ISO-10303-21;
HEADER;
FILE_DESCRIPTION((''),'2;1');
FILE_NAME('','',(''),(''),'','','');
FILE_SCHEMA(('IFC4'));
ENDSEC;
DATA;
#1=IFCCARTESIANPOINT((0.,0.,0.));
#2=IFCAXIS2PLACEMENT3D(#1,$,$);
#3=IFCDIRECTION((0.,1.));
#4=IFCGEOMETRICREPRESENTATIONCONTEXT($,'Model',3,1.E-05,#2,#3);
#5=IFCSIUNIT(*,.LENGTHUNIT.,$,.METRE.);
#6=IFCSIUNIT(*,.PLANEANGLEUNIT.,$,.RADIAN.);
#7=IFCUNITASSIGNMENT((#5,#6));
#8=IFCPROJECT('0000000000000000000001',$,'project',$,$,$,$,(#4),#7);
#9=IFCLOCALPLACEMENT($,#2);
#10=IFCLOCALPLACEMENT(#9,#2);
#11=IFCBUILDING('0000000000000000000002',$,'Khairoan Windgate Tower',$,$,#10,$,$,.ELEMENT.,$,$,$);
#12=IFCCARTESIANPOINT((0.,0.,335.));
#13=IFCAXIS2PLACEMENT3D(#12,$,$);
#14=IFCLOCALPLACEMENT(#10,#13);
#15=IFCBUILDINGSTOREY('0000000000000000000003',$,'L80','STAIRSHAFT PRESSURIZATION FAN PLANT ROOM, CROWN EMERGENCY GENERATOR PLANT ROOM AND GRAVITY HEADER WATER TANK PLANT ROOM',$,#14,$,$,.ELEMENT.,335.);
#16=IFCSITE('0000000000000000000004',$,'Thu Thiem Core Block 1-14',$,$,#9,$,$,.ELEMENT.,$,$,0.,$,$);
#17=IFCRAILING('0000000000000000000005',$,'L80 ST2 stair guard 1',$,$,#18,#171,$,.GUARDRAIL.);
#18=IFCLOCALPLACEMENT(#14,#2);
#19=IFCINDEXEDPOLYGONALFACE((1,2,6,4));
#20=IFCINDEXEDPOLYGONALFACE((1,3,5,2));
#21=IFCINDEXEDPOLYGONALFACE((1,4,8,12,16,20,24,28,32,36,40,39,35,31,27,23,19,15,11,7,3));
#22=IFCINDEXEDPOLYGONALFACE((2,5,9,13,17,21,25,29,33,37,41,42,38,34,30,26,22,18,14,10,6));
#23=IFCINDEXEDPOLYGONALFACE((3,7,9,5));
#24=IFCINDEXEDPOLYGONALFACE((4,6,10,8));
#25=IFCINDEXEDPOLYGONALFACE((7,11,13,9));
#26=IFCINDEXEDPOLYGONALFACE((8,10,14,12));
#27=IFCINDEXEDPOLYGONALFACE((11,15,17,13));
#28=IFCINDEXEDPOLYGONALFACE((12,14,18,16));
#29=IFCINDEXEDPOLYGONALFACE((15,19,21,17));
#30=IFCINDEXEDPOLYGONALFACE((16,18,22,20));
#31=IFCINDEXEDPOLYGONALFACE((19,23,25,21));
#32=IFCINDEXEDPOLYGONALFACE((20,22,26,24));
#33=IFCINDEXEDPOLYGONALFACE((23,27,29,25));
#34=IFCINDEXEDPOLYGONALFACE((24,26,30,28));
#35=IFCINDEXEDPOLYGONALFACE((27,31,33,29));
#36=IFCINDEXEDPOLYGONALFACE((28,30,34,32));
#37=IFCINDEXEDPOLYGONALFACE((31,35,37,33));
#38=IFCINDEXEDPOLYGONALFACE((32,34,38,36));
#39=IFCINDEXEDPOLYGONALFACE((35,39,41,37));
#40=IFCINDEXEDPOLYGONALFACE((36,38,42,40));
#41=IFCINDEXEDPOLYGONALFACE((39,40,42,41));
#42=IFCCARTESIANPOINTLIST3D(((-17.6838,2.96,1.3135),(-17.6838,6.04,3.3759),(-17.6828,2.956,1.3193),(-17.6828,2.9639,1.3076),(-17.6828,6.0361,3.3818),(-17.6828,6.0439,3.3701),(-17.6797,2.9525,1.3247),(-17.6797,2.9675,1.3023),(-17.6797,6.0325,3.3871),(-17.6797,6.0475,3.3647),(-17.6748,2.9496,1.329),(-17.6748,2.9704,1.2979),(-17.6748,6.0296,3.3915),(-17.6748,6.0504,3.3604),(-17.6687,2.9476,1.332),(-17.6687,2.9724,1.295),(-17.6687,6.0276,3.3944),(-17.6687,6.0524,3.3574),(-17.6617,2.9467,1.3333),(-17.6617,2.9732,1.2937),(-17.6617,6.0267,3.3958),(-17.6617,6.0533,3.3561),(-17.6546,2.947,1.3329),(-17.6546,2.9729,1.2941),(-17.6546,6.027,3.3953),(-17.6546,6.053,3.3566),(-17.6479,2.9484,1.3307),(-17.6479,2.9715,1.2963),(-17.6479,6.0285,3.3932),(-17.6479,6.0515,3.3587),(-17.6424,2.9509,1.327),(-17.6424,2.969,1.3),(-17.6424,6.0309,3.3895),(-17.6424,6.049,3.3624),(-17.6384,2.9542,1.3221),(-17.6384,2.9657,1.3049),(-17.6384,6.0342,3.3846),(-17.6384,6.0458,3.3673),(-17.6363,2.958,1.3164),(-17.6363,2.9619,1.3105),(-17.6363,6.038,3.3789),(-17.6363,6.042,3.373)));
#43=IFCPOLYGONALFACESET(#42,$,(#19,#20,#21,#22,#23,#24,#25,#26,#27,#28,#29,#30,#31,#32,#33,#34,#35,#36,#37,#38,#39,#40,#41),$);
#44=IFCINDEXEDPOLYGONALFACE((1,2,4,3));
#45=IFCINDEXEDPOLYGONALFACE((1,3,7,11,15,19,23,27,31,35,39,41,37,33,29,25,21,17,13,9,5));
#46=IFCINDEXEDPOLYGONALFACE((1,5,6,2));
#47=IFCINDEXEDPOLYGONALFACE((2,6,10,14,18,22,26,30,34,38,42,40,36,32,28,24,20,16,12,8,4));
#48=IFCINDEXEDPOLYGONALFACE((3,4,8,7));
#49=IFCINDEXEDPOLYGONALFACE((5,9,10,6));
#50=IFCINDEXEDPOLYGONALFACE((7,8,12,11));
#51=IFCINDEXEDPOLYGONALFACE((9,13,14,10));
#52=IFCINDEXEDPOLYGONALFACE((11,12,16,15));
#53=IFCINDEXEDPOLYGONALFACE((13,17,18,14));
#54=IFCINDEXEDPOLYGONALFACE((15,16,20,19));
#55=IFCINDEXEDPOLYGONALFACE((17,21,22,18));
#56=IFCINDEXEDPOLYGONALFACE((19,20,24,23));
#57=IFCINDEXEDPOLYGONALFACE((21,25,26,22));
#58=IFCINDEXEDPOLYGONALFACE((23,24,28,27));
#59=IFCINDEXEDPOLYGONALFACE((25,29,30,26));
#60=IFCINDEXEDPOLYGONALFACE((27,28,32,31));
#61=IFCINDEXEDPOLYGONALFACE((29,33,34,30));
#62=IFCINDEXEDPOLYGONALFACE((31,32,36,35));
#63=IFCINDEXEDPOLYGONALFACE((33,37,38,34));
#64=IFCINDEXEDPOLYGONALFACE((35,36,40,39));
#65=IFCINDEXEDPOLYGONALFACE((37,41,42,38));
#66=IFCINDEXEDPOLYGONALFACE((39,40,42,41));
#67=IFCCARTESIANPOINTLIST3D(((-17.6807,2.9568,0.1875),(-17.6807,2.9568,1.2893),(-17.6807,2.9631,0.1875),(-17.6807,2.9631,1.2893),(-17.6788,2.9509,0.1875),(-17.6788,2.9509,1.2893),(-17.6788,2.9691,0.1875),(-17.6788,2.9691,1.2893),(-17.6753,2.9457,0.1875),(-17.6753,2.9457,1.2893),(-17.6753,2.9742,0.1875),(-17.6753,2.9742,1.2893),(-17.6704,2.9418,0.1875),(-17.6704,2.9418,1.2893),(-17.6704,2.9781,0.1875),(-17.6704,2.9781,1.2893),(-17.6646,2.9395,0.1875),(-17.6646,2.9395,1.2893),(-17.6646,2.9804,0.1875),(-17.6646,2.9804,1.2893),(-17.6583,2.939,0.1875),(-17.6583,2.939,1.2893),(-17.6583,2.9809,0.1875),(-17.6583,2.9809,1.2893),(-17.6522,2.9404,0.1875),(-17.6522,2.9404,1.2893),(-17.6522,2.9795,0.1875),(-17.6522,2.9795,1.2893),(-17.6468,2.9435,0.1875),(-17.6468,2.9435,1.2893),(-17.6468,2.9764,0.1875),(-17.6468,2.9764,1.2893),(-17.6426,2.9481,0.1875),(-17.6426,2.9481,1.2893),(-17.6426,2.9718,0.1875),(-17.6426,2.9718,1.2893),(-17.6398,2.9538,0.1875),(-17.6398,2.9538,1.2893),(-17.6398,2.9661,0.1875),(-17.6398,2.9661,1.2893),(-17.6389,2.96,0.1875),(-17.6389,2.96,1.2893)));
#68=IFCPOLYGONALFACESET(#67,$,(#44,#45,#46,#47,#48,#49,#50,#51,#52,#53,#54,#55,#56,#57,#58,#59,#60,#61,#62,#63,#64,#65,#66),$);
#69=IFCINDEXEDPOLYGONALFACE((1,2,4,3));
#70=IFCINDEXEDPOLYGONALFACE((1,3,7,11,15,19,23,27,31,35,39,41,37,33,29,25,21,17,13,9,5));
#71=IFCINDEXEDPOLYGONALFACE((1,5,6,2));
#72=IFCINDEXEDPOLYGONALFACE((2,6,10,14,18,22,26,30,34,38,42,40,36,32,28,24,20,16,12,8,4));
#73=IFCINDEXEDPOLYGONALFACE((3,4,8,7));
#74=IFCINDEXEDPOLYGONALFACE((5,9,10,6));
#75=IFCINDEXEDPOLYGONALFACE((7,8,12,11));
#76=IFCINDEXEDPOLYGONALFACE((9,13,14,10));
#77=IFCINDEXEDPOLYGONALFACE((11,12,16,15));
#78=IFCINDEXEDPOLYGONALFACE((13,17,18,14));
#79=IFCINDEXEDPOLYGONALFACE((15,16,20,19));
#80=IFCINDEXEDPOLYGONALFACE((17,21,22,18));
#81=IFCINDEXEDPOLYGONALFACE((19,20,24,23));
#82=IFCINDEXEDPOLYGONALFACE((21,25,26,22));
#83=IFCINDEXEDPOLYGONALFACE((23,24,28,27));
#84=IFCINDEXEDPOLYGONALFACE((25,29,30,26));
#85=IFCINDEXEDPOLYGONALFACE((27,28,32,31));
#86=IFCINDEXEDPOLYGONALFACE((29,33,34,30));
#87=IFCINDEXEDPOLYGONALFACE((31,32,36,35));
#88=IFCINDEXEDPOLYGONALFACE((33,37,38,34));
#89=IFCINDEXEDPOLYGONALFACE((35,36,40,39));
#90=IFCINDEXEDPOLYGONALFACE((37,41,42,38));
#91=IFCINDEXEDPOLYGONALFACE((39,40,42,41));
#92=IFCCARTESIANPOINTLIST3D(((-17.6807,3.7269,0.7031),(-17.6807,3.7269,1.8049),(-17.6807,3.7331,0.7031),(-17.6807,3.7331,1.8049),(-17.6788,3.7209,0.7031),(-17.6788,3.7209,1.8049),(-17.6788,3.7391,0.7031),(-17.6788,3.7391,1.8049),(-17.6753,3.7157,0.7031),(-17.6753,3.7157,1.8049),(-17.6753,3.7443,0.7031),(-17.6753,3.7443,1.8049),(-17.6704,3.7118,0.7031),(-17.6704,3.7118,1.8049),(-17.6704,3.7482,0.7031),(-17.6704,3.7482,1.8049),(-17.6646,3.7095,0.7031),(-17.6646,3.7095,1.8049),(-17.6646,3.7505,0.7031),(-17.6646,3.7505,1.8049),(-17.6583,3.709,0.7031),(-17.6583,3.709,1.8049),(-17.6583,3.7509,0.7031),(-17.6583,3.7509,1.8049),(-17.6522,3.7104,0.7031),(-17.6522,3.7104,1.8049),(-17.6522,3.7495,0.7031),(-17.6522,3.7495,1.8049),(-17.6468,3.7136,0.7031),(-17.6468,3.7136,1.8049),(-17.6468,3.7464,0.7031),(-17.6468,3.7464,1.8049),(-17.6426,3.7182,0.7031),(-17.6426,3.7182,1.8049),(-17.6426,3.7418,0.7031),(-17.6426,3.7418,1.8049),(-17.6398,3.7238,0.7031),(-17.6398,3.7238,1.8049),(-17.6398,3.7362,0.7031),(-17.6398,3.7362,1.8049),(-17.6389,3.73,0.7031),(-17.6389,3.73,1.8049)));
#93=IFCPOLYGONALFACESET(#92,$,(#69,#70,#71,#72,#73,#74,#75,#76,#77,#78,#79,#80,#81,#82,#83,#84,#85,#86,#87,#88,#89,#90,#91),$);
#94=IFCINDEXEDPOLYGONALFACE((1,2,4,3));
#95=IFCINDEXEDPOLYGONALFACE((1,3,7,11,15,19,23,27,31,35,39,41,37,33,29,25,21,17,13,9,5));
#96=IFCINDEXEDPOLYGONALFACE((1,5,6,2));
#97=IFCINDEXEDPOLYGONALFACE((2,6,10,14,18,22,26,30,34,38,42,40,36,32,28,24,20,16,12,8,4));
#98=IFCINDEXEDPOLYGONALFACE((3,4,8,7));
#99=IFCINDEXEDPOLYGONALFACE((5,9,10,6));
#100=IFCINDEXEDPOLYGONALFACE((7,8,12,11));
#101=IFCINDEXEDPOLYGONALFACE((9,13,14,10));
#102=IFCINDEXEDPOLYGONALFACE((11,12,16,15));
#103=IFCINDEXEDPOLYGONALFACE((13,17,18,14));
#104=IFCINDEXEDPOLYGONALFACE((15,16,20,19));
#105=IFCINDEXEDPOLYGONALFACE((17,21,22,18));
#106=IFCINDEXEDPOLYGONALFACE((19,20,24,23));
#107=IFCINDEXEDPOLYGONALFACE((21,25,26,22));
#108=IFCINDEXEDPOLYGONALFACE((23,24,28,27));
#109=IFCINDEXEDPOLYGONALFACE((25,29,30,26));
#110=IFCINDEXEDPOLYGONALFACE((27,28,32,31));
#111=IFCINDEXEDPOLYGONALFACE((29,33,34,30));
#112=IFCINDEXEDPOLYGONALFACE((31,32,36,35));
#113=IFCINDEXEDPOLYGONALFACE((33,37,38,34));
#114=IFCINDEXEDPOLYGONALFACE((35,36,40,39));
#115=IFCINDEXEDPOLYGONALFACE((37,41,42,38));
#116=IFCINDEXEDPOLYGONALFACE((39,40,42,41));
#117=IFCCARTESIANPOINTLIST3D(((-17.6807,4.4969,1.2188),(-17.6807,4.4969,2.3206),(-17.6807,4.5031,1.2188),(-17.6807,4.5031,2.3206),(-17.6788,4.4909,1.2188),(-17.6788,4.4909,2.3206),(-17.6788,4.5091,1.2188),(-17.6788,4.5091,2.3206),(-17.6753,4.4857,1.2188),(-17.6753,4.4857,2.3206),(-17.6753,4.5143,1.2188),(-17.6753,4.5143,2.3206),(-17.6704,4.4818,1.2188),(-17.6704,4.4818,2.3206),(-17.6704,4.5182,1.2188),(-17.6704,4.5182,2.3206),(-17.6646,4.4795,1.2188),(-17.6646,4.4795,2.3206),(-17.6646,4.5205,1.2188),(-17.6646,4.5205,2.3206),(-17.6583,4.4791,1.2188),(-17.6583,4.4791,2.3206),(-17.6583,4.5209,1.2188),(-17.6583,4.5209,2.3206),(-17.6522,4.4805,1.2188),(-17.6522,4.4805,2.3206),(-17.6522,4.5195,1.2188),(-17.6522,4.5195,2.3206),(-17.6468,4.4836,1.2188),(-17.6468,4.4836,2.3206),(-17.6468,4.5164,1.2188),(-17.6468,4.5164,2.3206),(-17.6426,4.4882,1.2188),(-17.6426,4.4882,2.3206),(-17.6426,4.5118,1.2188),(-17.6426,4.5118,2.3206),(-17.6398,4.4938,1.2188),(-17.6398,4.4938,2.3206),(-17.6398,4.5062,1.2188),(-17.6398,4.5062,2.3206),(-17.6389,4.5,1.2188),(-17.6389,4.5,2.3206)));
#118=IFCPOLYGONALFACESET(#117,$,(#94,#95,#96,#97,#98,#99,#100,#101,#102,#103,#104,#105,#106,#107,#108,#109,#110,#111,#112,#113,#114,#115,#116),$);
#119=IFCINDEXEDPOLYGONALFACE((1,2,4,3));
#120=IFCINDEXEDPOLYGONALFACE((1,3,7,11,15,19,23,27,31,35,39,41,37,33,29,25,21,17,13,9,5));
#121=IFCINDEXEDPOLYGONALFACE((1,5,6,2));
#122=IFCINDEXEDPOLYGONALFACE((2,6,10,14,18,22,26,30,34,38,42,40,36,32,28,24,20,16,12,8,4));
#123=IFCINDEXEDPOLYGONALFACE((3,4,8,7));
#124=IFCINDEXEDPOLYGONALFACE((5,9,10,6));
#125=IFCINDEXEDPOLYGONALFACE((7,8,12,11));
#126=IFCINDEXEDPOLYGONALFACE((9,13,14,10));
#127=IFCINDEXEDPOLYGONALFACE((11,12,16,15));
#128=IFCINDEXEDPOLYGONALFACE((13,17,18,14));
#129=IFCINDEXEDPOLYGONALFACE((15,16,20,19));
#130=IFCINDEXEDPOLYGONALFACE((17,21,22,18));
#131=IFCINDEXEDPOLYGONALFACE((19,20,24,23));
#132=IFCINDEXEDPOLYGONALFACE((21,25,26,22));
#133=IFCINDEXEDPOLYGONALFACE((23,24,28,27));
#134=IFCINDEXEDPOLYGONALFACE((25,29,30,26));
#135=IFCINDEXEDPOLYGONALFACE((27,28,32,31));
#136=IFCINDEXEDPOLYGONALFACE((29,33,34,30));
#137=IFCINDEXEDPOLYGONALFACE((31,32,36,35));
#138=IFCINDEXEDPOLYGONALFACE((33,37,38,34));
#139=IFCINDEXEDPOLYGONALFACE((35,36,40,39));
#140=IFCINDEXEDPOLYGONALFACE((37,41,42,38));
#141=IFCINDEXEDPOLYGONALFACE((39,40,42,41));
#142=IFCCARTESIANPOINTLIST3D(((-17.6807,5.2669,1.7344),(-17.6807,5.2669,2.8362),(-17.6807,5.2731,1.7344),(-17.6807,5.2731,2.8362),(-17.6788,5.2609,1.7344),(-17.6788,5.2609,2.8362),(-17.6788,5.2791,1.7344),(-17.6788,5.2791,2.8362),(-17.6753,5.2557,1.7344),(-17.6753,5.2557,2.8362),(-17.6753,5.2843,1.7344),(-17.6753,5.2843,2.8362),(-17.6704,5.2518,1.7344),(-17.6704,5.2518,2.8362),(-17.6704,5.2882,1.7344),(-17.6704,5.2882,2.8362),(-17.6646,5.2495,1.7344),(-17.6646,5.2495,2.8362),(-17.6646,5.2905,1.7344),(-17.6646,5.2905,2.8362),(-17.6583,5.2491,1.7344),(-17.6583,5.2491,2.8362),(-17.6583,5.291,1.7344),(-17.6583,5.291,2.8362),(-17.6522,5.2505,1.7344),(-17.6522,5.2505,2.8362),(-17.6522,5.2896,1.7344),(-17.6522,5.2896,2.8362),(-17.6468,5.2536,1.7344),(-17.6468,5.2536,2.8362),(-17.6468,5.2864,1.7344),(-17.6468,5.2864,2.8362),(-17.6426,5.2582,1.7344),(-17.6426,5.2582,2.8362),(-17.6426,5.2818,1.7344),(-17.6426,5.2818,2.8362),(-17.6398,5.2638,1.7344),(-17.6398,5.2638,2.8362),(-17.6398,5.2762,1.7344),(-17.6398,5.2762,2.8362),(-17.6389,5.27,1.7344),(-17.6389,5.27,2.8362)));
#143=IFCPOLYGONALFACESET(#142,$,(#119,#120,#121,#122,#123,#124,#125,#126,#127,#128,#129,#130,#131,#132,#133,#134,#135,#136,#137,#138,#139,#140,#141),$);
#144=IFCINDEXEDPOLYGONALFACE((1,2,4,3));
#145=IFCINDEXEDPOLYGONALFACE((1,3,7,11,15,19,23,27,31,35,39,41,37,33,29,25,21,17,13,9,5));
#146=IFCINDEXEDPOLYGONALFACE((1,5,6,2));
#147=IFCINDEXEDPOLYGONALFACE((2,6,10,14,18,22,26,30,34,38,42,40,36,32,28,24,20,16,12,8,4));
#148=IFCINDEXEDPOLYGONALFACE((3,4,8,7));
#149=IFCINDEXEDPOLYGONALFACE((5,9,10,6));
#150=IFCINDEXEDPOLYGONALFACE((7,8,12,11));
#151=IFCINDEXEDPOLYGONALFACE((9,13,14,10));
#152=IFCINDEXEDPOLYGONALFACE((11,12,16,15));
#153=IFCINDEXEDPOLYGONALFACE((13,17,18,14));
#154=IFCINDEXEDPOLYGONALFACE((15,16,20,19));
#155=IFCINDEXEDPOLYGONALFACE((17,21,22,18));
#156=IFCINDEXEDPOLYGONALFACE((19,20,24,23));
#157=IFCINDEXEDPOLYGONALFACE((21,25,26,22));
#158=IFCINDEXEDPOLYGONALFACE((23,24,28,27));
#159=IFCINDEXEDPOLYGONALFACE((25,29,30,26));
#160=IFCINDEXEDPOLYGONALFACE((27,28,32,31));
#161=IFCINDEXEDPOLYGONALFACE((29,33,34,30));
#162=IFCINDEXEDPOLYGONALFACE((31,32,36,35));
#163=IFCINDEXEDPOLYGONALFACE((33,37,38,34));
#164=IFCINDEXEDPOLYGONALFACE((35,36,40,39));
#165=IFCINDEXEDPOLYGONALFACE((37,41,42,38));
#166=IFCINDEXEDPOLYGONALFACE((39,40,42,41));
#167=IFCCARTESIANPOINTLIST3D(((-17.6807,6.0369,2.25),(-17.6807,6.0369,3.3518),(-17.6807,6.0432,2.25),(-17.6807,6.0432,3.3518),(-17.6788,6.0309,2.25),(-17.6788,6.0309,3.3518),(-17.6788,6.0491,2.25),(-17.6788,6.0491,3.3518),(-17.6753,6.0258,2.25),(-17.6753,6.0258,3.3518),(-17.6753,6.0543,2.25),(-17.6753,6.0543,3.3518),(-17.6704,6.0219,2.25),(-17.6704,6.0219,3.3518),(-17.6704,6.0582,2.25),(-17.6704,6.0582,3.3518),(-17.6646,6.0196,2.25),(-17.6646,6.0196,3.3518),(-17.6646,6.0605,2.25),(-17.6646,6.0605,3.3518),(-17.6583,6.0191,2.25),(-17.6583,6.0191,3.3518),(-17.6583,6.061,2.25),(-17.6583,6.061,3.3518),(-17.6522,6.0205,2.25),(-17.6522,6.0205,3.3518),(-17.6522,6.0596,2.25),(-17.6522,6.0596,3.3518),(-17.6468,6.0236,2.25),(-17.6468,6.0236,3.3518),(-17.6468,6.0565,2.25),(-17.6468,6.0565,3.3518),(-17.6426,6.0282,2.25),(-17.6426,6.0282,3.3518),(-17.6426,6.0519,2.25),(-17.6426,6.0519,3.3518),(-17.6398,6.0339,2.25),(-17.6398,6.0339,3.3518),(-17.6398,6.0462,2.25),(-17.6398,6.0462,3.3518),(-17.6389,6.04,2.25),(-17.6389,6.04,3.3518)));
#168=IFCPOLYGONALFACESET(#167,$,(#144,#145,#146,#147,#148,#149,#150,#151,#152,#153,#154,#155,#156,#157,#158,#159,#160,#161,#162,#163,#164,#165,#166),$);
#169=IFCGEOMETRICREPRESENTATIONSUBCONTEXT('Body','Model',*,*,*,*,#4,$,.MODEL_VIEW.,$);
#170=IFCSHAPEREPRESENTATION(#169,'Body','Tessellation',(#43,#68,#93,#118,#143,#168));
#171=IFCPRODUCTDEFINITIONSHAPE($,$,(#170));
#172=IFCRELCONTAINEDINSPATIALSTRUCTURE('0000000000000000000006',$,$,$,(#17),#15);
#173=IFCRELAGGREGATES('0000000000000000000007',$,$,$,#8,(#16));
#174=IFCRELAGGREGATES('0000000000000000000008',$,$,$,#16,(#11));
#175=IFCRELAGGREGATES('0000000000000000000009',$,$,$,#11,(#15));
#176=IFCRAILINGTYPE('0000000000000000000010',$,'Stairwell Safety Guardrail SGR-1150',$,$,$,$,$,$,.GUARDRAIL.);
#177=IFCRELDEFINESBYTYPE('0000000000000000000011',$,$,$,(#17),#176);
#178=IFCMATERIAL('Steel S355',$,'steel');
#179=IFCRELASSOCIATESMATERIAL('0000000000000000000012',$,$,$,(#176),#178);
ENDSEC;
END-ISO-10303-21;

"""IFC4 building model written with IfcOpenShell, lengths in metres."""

from ifc_helpers import new_model, si_unit, direction, frame, origin, origin_2d, place, context, subcontext, project, spatial, circle, extrude, material, type_object, element, save


model = new_model("IFC4")

# Units and contexts
model_context = context("Model", 3, precision=1e-05, world=origin(), true_north=direction((0.0, 1.0)))
body_context = subcontext(model_context, "Body", "Model", "MODEL_VIEW")
ifc_project = project(units=[si_unit("LENGTHUNIT", "METRE"), si_unit("PLANEANGLEUNIT", "RADIAN")], contexts=[model_context])

# Site, building, storey
site_placement = place(None, origin())
site = spatial("IfcSite", under=ifc_project, at=site_placement, Name="Thu Thiem Core Block 1-14", CompositionType="ELEMENT", RefElevation=0.0)
building_placement = place(site_placement, origin())
building = spatial("IfcBuilding", under=site, at=building_placement, Name="Khairoan Windgate Tower", CompositionType="ELEMENT")
storey_placement = place(building_placement, frame((0.0, 0.0, 335.0)))
storey = spatial("IfcBuildingStorey", under=building, at=storey_placement, Name="L80", Description="STAIRSHAFT PRESSURIZATION FAN PLANT ROOM, CROWN EMERGENCY GENERATOR PLANT ROOM AND GRAVITY HEADER WATER TANK PLANT ROOM", CompositionType="ELEMENT", Elevation=335.0)

# Railing
ifc_material_1 = material(Name="Steel S355", Category="steel")
railing_type_1 = type_object("IfcRailingType", Name="Stairwell Safety Guardrail SGR-1150", PredefinedType="GUARDRAIL", material=ifc_material_1)
railing_1_placement = place(storey_placement, frame((-17.6599, 2.96, 0.1875)))
element("IfcRailing", 1, at=railing_1_placement, inside=storey, type_object=railing_type_1, Name="L80 ST2 stair guard 1", PredefinedType="GUARDRAIL", context=body_context, shape_type="SweptSolid", body=[
    extrude(circle(Radius=0.0239, at=origin_2d()), frame((0.0, 0.0, 1.126), z_axis=(0.0, 0.830914, 0.556401), x_axis=(-1.0, 0.0, 0.0)), (0.0, 0.0, 1.0), 3.7068),
    extrude(circle(Radius=0.021, at=origin_2d()), origin(), (0.0, 0.0, 1.0), 1.1018),
    extrude(circle(Radius=0.021, at=origin_2d()), frame((0.0, 0.77, 0.5156)), (0.0, 0.0, 1.0), 1.1018),
    extrude(circle(Radius=0.021, at=origin_2d()), frame((0.0, 1.54, 1.0312)), (0.0, 0.0, 1.0), 1.1018),
    extrude(circle(Radius=0.021, at=origin_2d()), frame((0.0, 2.3101, 1.5469)), (0.0, 0.0, 1.0), 1.1018),
    extrude(circle(Radius=0.021, at=origin_2d()), frame((0.0, 3.0801, 2.0625)), (0.0, 0.0, 1.0), 1.1018),
])

save(model, "model.ifc")
